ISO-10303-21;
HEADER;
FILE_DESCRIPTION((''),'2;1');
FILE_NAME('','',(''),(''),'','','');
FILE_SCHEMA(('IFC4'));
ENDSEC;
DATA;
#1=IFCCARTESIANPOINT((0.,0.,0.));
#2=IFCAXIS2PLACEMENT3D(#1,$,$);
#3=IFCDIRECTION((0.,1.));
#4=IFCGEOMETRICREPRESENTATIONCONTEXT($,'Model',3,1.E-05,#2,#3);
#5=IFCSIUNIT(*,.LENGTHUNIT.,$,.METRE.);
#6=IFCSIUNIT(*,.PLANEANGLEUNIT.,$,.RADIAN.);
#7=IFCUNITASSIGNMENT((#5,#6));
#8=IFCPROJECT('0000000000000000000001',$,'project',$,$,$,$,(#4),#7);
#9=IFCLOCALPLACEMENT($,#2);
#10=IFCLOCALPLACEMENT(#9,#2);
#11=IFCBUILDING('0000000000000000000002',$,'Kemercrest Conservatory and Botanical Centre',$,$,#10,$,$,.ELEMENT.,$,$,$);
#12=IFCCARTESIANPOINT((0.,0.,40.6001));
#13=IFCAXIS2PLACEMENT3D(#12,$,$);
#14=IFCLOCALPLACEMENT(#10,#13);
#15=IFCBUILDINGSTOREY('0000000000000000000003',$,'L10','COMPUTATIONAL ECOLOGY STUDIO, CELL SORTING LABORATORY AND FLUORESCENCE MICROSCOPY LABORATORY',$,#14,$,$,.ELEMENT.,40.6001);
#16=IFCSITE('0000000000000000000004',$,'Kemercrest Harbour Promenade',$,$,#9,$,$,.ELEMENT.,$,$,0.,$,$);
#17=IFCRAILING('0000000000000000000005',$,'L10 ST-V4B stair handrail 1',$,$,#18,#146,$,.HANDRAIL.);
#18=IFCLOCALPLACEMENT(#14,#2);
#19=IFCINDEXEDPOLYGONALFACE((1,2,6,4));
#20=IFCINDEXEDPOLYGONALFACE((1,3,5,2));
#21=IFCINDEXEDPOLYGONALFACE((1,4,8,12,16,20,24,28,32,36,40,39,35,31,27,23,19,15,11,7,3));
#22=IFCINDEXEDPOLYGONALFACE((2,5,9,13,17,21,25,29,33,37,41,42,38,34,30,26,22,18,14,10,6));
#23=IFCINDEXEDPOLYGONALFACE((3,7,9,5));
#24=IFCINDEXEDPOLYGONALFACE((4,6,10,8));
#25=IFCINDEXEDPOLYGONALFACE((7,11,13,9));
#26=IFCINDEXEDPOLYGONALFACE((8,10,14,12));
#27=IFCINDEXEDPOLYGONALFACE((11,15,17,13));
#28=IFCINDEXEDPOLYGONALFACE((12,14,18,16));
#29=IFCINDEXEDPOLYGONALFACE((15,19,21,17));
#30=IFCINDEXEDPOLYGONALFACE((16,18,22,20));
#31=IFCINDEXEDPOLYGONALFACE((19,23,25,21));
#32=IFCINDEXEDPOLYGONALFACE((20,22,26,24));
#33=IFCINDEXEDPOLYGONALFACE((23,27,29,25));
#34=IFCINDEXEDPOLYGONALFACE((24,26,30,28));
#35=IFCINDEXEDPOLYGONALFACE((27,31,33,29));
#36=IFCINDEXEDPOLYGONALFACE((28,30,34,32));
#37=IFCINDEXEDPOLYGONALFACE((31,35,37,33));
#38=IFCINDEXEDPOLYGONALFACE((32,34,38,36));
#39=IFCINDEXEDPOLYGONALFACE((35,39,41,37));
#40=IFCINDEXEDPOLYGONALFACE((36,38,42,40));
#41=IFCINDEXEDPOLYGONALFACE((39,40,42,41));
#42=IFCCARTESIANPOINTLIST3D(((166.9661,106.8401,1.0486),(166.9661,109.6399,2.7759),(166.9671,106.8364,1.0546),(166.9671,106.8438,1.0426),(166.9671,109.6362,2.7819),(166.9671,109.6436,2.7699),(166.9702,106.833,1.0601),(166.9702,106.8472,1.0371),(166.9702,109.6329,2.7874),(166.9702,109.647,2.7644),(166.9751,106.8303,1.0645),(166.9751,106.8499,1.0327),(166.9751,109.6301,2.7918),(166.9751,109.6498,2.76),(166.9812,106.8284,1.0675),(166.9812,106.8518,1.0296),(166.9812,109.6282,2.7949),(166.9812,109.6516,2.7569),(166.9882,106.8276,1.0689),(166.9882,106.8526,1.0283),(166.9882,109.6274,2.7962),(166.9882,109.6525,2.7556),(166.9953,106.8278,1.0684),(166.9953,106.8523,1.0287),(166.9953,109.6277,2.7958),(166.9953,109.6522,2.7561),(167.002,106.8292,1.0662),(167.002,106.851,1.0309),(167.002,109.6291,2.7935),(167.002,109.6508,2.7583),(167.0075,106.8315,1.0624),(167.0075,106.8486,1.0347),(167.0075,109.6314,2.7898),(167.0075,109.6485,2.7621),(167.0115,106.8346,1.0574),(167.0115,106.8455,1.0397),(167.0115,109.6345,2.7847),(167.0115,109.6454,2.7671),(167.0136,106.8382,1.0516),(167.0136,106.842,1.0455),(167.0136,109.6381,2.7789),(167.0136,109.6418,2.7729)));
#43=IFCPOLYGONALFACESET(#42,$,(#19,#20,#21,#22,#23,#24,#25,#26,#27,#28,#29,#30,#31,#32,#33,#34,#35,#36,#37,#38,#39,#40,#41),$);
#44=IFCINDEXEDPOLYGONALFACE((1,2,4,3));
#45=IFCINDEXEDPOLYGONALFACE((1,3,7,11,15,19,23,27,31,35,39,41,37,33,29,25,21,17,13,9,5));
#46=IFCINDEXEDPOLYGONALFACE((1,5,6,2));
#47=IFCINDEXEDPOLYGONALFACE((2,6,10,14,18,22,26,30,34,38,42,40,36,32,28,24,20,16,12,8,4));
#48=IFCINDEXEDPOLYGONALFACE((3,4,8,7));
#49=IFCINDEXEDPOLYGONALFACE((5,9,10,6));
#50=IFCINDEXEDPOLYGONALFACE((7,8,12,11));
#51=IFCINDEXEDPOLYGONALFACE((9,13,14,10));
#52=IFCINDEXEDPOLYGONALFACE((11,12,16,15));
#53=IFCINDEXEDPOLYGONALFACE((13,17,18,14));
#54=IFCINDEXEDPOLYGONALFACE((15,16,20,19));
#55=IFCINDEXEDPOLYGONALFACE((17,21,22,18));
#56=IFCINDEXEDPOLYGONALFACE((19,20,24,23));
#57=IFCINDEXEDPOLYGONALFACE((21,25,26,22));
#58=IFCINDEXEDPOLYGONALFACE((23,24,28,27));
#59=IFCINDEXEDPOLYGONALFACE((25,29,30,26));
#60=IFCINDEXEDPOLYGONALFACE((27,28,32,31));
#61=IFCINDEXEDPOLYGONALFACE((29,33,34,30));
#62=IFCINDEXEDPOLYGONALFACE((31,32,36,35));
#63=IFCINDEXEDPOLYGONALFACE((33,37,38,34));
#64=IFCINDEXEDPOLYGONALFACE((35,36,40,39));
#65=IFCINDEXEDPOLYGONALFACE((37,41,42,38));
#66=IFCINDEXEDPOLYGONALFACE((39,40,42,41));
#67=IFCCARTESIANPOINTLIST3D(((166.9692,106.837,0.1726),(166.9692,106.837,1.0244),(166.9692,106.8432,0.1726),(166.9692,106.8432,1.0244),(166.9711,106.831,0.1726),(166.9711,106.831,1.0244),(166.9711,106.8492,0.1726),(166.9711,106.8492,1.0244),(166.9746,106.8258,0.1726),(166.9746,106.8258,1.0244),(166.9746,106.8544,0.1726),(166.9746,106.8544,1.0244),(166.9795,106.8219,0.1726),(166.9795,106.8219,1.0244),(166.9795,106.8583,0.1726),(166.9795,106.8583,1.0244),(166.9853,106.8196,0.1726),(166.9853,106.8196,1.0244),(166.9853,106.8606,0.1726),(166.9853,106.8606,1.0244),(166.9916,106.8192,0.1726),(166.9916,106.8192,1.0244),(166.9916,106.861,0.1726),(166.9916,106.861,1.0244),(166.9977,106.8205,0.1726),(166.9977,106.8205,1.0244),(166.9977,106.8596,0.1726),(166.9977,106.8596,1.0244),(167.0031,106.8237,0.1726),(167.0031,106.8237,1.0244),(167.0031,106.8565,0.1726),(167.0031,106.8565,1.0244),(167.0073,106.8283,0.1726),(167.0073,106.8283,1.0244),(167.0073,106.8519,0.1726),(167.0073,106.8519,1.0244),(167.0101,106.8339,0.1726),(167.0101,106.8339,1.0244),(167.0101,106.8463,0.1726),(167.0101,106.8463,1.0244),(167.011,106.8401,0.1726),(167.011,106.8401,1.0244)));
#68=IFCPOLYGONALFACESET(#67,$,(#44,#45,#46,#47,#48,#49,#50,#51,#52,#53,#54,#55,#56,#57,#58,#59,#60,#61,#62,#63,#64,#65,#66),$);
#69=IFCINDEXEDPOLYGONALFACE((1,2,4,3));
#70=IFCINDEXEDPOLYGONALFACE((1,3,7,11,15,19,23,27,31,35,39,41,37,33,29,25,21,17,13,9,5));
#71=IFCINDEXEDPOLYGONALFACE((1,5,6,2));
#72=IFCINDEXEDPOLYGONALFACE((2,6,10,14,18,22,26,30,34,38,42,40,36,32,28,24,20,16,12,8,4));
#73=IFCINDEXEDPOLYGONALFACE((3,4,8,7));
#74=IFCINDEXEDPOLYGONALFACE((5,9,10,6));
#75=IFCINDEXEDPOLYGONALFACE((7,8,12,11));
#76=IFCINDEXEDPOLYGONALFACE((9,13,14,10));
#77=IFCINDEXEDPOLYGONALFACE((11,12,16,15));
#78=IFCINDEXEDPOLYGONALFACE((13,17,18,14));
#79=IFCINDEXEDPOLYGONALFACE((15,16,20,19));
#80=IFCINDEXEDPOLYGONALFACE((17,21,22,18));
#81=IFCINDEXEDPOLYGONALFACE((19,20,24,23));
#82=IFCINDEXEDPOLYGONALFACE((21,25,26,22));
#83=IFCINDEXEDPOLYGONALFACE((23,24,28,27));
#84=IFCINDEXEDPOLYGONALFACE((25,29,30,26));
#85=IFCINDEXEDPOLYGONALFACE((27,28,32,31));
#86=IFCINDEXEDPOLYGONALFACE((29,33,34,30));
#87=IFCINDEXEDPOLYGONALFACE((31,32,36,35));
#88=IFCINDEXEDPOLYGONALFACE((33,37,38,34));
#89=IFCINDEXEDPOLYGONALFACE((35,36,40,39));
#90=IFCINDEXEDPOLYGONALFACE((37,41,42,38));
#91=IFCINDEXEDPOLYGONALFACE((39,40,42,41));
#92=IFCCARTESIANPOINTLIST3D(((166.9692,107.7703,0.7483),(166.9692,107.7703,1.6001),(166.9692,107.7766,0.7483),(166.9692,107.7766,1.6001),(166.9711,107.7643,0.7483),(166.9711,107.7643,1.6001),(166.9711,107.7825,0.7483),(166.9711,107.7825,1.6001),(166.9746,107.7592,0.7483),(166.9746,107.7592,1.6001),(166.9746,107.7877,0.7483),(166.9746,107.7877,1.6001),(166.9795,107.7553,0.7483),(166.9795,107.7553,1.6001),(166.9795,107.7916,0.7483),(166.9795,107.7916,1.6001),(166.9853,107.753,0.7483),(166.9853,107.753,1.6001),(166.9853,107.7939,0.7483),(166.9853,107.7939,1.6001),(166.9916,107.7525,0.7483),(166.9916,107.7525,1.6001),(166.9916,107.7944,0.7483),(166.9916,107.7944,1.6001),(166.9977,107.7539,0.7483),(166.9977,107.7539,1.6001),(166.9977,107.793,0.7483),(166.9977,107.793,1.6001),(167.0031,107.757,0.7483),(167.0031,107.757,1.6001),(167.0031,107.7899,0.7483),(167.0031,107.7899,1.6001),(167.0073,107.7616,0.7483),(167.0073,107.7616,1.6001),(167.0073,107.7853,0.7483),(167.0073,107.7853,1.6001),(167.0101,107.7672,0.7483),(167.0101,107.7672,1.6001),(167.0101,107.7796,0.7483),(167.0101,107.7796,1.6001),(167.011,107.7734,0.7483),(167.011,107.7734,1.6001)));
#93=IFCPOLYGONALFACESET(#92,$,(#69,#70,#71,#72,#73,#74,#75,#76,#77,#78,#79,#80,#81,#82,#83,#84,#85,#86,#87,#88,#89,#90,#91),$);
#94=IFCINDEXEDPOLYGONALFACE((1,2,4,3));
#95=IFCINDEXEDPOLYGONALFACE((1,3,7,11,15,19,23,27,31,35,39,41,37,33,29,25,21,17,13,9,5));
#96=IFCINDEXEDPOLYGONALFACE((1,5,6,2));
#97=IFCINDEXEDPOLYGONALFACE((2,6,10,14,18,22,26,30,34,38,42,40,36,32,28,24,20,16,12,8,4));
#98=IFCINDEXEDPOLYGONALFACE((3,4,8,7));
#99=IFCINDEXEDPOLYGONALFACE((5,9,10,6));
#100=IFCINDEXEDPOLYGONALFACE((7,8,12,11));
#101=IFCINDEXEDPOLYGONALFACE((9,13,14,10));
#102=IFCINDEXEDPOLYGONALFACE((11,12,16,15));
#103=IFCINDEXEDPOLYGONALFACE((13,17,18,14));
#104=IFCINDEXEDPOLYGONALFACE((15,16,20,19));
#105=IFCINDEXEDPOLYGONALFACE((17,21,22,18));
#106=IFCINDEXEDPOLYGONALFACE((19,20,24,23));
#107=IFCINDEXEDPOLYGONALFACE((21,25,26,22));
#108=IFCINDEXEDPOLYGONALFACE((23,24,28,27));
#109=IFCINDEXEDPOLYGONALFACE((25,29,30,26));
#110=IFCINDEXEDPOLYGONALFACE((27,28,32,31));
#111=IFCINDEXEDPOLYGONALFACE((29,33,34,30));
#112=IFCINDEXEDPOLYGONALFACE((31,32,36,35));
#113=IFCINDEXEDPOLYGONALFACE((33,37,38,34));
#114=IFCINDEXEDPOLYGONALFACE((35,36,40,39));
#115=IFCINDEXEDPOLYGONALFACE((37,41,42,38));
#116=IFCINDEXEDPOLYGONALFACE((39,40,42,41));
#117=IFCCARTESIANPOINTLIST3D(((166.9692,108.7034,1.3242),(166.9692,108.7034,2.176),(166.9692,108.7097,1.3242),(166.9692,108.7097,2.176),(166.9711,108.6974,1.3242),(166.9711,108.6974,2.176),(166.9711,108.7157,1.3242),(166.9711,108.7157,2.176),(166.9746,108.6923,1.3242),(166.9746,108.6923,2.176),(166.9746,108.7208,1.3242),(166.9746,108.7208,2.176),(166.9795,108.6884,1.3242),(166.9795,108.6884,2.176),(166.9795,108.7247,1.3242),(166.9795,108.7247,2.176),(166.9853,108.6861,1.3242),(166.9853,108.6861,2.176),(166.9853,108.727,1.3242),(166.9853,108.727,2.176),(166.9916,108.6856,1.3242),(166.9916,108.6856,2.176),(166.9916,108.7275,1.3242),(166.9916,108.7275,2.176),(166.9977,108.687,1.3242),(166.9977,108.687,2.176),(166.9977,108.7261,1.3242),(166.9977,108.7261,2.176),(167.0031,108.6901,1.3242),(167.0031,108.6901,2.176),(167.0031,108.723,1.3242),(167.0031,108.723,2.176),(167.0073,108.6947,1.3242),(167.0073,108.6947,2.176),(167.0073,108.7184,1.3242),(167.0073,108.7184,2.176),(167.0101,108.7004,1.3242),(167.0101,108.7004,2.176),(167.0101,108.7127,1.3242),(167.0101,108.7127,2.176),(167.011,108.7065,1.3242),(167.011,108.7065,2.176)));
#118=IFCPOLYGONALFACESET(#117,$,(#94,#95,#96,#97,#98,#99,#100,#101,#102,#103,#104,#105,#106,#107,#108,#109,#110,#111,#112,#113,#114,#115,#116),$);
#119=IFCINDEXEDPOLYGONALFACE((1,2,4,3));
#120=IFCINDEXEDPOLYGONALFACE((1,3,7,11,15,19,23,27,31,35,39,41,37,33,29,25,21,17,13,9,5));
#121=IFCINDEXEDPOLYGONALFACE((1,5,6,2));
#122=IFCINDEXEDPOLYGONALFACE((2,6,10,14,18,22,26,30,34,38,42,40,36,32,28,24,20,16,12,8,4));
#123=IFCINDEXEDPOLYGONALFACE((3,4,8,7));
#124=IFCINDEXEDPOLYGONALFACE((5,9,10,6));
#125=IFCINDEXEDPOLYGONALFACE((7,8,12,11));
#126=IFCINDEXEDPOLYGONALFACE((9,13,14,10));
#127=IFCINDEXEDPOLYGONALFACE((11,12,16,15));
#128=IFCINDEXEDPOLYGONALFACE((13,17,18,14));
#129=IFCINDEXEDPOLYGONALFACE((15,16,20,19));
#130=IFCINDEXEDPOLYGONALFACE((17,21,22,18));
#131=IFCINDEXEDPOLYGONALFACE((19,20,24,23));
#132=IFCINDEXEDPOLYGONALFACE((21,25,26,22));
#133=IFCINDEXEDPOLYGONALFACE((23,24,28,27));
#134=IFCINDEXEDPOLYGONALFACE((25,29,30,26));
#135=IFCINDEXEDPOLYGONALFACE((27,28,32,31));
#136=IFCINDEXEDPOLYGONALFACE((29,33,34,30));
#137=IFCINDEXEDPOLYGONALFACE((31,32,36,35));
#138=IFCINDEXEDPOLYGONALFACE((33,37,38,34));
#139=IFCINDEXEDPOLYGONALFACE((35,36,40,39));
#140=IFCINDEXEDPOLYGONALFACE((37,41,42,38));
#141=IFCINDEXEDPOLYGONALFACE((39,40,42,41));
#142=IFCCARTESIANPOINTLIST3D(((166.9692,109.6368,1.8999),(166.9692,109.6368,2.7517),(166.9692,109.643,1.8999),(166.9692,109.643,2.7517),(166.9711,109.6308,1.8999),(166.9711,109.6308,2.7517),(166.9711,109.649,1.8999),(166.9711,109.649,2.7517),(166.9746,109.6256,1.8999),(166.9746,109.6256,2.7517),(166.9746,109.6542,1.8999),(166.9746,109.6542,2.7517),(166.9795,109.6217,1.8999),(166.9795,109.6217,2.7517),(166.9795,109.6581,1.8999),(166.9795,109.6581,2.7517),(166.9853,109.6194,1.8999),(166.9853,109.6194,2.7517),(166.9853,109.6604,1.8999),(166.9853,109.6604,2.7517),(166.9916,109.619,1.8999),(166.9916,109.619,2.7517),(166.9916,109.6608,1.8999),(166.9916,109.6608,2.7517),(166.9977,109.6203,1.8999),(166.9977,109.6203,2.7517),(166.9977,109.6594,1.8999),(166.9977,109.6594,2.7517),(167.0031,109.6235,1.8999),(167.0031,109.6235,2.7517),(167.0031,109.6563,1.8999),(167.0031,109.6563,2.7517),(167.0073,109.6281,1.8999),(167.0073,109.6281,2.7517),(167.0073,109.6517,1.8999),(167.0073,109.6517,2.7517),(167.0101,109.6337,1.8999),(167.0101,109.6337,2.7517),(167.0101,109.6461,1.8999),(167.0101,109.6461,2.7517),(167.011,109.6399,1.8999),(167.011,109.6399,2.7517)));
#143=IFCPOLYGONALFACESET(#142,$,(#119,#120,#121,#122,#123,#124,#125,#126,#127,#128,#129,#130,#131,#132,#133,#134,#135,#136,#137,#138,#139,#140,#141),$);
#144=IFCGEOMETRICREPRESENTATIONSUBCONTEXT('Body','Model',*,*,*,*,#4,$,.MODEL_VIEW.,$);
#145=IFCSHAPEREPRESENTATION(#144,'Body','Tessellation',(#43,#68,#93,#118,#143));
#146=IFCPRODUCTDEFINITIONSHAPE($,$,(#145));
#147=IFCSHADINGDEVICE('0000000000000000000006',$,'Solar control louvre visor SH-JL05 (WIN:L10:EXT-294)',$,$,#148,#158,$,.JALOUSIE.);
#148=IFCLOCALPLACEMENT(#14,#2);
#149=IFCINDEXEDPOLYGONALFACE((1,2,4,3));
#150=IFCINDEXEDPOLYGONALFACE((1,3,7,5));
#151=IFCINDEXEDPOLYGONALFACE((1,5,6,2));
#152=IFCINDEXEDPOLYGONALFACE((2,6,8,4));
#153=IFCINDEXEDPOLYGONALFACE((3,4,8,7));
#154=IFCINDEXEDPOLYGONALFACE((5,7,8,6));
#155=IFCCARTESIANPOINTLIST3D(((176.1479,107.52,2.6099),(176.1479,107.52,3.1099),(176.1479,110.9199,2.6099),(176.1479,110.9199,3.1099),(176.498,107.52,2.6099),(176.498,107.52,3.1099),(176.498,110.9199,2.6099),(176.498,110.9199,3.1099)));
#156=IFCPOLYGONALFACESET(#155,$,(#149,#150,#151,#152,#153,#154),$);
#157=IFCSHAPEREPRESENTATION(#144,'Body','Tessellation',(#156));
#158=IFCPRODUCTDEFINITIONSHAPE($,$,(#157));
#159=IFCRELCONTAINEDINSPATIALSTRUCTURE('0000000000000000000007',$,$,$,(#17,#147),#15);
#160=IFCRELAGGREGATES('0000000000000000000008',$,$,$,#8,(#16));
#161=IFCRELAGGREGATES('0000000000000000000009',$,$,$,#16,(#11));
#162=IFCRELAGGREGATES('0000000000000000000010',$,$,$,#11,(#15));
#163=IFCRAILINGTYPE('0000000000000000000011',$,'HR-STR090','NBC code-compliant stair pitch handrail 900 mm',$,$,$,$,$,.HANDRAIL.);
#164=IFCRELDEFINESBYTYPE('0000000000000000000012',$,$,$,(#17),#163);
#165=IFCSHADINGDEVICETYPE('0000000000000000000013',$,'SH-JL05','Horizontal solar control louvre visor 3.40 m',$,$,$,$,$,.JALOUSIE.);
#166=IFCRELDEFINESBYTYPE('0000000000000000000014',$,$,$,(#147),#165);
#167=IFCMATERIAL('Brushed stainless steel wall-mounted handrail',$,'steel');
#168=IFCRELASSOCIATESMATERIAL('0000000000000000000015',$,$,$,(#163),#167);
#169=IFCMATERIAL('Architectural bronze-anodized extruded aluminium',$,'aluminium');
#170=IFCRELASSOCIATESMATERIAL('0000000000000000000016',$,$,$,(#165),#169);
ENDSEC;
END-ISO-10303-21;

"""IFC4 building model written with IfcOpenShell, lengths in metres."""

from ifc_helpers import new_model, si_unit, direction, frame, origin, origin_2d, place, context, subcontext, project, spatial, rectangle, circle, extrude, material, type_object, element, save


model = new_model("IFC4")

# Units and contexts
model_context = context("Model", 3, precision=1e-05, world=origin(), true_north=direction((0.0, 1.0)))
body_context = subcontext(model_context, "Body", "Model", "MODEL_VIEW")
ifc_project = project(units=[si_unit("LENGTHUNIT", "METRE"), si_unit("PLANEANGLEUNIT", "RADIAN")], contexts=[model_context])

# Site, building, storey
site_placement = place(None, origin())
site = spatial("IfcSite", under=ifc_project, at=site_placement, Name="Kemercrest Harbour Promenade", CompositionType="ELEMENT", RefElevation=0.0)
building_placement = place(site_placement, origin())
building = spatial("IfcBuilding", under=site, at=building_placement, Name="Kemercrest Conservatory and Botanical Centre", CompositionType="ELEMENT")
storey_placement = place(building_placement, frame((0.0, 0.0, 40.6001)))
storey = spatial("IfcBuildingStorey", under=building, at=storey_placement, Name="L10", Description="COMPUTATIONAL ECOLOGY STUDIO, CELL SORTING LABORATORY AND FLUORESCENCE MICROSCOPY LABORATORY", CompositionType="ELEMENT", Elevation=40.6001)

# Railing
ifc_material_1 = material(Name="Brushed stainless steel wall-mounted handrail", Category="steel")
railing_type_1 = type_object("IfcRailingType", Name="HR-STR090", Description="NBC code-compliant stair pitch handrail 900 mm", PredefinedType="HANDRAIL", material=ifc_material_1)
railing_1_placement = place(storey_placement, frame((166.99, 106.8401, 0.1726)))
element("IfcRailing", 1, at=railing_1_placement, inside=storey, type_object=railing_type_1, Name="L10 ST-V4B stair handrail 1", PredefinedType="HANDRAIL", context=body_context, shape_type="SweptSolid", body=[
    extrude(circle(Radius=0.0239, at=origin_2d()), frame((0.0, 0.0, 0.876), z_axis=(0.0, 0.851069, 0.525054), x_axis=(-1.0, 0.0, 0.0)), (0.0, 0.0, 1.0), 3.2898),
    extrude(circle(Radius=0.021, at=origin_2d()), origin(), (0.0, 0.0, 1.0), 0.8518),
    extrude(circle(Radius=0.021, at=origin_2d()), frame((0.0, 0.9333, 0.5757)), (0.0, 0.0, 1.0), 0.8518),
    extrude(circle(Radius=0.021, at=origin_2d()), frame((0.0, 1.8665, 1.1516)), (0.0, 0.0, 1.0), 0.8518),
    extrude(circle(Radius=0.021, at=origin_2d()), frame((0.0, 2.7998, 1.7273)), (0.0, 0.0, 1.0), 0.8518),
])

# Shading device
ifc_material_2 = material(Name="Architectural bronze-anodized extruded aluminium", Category="aluminium")
shading_device_type = type_object("IfcShadingDeviceType", Name="SH-JL05", Description="Horizontal solar control louvre visor 3.40 m", PredefinedType="JALOUSIE", material=ifc_material_2)
shading_device_placement = place(storey_placement, frame((176.323, 109.22, 2.6099), z_axis=(0.0, 0.0, 1.0), x_axis=(0.0, 1.0, 0.0)))
element("IfcShadingDevice", 2, at=shading_device_placement, inside=storey, type_object=shading_device_type, Name="Solar control louvre visor SH-JL05 (WIN:L10:EXT-294)", PredefinedType="JALOUSIE", context=body_context, shape_type="SweptSolid", body=[
    extrude(rectangle(XDim=3.3999, YDim=0.3501, at=origin_2d()), origin(), (0.0, 0.0, 1.0), 0.5),
])

save(model, "model.ifc")
